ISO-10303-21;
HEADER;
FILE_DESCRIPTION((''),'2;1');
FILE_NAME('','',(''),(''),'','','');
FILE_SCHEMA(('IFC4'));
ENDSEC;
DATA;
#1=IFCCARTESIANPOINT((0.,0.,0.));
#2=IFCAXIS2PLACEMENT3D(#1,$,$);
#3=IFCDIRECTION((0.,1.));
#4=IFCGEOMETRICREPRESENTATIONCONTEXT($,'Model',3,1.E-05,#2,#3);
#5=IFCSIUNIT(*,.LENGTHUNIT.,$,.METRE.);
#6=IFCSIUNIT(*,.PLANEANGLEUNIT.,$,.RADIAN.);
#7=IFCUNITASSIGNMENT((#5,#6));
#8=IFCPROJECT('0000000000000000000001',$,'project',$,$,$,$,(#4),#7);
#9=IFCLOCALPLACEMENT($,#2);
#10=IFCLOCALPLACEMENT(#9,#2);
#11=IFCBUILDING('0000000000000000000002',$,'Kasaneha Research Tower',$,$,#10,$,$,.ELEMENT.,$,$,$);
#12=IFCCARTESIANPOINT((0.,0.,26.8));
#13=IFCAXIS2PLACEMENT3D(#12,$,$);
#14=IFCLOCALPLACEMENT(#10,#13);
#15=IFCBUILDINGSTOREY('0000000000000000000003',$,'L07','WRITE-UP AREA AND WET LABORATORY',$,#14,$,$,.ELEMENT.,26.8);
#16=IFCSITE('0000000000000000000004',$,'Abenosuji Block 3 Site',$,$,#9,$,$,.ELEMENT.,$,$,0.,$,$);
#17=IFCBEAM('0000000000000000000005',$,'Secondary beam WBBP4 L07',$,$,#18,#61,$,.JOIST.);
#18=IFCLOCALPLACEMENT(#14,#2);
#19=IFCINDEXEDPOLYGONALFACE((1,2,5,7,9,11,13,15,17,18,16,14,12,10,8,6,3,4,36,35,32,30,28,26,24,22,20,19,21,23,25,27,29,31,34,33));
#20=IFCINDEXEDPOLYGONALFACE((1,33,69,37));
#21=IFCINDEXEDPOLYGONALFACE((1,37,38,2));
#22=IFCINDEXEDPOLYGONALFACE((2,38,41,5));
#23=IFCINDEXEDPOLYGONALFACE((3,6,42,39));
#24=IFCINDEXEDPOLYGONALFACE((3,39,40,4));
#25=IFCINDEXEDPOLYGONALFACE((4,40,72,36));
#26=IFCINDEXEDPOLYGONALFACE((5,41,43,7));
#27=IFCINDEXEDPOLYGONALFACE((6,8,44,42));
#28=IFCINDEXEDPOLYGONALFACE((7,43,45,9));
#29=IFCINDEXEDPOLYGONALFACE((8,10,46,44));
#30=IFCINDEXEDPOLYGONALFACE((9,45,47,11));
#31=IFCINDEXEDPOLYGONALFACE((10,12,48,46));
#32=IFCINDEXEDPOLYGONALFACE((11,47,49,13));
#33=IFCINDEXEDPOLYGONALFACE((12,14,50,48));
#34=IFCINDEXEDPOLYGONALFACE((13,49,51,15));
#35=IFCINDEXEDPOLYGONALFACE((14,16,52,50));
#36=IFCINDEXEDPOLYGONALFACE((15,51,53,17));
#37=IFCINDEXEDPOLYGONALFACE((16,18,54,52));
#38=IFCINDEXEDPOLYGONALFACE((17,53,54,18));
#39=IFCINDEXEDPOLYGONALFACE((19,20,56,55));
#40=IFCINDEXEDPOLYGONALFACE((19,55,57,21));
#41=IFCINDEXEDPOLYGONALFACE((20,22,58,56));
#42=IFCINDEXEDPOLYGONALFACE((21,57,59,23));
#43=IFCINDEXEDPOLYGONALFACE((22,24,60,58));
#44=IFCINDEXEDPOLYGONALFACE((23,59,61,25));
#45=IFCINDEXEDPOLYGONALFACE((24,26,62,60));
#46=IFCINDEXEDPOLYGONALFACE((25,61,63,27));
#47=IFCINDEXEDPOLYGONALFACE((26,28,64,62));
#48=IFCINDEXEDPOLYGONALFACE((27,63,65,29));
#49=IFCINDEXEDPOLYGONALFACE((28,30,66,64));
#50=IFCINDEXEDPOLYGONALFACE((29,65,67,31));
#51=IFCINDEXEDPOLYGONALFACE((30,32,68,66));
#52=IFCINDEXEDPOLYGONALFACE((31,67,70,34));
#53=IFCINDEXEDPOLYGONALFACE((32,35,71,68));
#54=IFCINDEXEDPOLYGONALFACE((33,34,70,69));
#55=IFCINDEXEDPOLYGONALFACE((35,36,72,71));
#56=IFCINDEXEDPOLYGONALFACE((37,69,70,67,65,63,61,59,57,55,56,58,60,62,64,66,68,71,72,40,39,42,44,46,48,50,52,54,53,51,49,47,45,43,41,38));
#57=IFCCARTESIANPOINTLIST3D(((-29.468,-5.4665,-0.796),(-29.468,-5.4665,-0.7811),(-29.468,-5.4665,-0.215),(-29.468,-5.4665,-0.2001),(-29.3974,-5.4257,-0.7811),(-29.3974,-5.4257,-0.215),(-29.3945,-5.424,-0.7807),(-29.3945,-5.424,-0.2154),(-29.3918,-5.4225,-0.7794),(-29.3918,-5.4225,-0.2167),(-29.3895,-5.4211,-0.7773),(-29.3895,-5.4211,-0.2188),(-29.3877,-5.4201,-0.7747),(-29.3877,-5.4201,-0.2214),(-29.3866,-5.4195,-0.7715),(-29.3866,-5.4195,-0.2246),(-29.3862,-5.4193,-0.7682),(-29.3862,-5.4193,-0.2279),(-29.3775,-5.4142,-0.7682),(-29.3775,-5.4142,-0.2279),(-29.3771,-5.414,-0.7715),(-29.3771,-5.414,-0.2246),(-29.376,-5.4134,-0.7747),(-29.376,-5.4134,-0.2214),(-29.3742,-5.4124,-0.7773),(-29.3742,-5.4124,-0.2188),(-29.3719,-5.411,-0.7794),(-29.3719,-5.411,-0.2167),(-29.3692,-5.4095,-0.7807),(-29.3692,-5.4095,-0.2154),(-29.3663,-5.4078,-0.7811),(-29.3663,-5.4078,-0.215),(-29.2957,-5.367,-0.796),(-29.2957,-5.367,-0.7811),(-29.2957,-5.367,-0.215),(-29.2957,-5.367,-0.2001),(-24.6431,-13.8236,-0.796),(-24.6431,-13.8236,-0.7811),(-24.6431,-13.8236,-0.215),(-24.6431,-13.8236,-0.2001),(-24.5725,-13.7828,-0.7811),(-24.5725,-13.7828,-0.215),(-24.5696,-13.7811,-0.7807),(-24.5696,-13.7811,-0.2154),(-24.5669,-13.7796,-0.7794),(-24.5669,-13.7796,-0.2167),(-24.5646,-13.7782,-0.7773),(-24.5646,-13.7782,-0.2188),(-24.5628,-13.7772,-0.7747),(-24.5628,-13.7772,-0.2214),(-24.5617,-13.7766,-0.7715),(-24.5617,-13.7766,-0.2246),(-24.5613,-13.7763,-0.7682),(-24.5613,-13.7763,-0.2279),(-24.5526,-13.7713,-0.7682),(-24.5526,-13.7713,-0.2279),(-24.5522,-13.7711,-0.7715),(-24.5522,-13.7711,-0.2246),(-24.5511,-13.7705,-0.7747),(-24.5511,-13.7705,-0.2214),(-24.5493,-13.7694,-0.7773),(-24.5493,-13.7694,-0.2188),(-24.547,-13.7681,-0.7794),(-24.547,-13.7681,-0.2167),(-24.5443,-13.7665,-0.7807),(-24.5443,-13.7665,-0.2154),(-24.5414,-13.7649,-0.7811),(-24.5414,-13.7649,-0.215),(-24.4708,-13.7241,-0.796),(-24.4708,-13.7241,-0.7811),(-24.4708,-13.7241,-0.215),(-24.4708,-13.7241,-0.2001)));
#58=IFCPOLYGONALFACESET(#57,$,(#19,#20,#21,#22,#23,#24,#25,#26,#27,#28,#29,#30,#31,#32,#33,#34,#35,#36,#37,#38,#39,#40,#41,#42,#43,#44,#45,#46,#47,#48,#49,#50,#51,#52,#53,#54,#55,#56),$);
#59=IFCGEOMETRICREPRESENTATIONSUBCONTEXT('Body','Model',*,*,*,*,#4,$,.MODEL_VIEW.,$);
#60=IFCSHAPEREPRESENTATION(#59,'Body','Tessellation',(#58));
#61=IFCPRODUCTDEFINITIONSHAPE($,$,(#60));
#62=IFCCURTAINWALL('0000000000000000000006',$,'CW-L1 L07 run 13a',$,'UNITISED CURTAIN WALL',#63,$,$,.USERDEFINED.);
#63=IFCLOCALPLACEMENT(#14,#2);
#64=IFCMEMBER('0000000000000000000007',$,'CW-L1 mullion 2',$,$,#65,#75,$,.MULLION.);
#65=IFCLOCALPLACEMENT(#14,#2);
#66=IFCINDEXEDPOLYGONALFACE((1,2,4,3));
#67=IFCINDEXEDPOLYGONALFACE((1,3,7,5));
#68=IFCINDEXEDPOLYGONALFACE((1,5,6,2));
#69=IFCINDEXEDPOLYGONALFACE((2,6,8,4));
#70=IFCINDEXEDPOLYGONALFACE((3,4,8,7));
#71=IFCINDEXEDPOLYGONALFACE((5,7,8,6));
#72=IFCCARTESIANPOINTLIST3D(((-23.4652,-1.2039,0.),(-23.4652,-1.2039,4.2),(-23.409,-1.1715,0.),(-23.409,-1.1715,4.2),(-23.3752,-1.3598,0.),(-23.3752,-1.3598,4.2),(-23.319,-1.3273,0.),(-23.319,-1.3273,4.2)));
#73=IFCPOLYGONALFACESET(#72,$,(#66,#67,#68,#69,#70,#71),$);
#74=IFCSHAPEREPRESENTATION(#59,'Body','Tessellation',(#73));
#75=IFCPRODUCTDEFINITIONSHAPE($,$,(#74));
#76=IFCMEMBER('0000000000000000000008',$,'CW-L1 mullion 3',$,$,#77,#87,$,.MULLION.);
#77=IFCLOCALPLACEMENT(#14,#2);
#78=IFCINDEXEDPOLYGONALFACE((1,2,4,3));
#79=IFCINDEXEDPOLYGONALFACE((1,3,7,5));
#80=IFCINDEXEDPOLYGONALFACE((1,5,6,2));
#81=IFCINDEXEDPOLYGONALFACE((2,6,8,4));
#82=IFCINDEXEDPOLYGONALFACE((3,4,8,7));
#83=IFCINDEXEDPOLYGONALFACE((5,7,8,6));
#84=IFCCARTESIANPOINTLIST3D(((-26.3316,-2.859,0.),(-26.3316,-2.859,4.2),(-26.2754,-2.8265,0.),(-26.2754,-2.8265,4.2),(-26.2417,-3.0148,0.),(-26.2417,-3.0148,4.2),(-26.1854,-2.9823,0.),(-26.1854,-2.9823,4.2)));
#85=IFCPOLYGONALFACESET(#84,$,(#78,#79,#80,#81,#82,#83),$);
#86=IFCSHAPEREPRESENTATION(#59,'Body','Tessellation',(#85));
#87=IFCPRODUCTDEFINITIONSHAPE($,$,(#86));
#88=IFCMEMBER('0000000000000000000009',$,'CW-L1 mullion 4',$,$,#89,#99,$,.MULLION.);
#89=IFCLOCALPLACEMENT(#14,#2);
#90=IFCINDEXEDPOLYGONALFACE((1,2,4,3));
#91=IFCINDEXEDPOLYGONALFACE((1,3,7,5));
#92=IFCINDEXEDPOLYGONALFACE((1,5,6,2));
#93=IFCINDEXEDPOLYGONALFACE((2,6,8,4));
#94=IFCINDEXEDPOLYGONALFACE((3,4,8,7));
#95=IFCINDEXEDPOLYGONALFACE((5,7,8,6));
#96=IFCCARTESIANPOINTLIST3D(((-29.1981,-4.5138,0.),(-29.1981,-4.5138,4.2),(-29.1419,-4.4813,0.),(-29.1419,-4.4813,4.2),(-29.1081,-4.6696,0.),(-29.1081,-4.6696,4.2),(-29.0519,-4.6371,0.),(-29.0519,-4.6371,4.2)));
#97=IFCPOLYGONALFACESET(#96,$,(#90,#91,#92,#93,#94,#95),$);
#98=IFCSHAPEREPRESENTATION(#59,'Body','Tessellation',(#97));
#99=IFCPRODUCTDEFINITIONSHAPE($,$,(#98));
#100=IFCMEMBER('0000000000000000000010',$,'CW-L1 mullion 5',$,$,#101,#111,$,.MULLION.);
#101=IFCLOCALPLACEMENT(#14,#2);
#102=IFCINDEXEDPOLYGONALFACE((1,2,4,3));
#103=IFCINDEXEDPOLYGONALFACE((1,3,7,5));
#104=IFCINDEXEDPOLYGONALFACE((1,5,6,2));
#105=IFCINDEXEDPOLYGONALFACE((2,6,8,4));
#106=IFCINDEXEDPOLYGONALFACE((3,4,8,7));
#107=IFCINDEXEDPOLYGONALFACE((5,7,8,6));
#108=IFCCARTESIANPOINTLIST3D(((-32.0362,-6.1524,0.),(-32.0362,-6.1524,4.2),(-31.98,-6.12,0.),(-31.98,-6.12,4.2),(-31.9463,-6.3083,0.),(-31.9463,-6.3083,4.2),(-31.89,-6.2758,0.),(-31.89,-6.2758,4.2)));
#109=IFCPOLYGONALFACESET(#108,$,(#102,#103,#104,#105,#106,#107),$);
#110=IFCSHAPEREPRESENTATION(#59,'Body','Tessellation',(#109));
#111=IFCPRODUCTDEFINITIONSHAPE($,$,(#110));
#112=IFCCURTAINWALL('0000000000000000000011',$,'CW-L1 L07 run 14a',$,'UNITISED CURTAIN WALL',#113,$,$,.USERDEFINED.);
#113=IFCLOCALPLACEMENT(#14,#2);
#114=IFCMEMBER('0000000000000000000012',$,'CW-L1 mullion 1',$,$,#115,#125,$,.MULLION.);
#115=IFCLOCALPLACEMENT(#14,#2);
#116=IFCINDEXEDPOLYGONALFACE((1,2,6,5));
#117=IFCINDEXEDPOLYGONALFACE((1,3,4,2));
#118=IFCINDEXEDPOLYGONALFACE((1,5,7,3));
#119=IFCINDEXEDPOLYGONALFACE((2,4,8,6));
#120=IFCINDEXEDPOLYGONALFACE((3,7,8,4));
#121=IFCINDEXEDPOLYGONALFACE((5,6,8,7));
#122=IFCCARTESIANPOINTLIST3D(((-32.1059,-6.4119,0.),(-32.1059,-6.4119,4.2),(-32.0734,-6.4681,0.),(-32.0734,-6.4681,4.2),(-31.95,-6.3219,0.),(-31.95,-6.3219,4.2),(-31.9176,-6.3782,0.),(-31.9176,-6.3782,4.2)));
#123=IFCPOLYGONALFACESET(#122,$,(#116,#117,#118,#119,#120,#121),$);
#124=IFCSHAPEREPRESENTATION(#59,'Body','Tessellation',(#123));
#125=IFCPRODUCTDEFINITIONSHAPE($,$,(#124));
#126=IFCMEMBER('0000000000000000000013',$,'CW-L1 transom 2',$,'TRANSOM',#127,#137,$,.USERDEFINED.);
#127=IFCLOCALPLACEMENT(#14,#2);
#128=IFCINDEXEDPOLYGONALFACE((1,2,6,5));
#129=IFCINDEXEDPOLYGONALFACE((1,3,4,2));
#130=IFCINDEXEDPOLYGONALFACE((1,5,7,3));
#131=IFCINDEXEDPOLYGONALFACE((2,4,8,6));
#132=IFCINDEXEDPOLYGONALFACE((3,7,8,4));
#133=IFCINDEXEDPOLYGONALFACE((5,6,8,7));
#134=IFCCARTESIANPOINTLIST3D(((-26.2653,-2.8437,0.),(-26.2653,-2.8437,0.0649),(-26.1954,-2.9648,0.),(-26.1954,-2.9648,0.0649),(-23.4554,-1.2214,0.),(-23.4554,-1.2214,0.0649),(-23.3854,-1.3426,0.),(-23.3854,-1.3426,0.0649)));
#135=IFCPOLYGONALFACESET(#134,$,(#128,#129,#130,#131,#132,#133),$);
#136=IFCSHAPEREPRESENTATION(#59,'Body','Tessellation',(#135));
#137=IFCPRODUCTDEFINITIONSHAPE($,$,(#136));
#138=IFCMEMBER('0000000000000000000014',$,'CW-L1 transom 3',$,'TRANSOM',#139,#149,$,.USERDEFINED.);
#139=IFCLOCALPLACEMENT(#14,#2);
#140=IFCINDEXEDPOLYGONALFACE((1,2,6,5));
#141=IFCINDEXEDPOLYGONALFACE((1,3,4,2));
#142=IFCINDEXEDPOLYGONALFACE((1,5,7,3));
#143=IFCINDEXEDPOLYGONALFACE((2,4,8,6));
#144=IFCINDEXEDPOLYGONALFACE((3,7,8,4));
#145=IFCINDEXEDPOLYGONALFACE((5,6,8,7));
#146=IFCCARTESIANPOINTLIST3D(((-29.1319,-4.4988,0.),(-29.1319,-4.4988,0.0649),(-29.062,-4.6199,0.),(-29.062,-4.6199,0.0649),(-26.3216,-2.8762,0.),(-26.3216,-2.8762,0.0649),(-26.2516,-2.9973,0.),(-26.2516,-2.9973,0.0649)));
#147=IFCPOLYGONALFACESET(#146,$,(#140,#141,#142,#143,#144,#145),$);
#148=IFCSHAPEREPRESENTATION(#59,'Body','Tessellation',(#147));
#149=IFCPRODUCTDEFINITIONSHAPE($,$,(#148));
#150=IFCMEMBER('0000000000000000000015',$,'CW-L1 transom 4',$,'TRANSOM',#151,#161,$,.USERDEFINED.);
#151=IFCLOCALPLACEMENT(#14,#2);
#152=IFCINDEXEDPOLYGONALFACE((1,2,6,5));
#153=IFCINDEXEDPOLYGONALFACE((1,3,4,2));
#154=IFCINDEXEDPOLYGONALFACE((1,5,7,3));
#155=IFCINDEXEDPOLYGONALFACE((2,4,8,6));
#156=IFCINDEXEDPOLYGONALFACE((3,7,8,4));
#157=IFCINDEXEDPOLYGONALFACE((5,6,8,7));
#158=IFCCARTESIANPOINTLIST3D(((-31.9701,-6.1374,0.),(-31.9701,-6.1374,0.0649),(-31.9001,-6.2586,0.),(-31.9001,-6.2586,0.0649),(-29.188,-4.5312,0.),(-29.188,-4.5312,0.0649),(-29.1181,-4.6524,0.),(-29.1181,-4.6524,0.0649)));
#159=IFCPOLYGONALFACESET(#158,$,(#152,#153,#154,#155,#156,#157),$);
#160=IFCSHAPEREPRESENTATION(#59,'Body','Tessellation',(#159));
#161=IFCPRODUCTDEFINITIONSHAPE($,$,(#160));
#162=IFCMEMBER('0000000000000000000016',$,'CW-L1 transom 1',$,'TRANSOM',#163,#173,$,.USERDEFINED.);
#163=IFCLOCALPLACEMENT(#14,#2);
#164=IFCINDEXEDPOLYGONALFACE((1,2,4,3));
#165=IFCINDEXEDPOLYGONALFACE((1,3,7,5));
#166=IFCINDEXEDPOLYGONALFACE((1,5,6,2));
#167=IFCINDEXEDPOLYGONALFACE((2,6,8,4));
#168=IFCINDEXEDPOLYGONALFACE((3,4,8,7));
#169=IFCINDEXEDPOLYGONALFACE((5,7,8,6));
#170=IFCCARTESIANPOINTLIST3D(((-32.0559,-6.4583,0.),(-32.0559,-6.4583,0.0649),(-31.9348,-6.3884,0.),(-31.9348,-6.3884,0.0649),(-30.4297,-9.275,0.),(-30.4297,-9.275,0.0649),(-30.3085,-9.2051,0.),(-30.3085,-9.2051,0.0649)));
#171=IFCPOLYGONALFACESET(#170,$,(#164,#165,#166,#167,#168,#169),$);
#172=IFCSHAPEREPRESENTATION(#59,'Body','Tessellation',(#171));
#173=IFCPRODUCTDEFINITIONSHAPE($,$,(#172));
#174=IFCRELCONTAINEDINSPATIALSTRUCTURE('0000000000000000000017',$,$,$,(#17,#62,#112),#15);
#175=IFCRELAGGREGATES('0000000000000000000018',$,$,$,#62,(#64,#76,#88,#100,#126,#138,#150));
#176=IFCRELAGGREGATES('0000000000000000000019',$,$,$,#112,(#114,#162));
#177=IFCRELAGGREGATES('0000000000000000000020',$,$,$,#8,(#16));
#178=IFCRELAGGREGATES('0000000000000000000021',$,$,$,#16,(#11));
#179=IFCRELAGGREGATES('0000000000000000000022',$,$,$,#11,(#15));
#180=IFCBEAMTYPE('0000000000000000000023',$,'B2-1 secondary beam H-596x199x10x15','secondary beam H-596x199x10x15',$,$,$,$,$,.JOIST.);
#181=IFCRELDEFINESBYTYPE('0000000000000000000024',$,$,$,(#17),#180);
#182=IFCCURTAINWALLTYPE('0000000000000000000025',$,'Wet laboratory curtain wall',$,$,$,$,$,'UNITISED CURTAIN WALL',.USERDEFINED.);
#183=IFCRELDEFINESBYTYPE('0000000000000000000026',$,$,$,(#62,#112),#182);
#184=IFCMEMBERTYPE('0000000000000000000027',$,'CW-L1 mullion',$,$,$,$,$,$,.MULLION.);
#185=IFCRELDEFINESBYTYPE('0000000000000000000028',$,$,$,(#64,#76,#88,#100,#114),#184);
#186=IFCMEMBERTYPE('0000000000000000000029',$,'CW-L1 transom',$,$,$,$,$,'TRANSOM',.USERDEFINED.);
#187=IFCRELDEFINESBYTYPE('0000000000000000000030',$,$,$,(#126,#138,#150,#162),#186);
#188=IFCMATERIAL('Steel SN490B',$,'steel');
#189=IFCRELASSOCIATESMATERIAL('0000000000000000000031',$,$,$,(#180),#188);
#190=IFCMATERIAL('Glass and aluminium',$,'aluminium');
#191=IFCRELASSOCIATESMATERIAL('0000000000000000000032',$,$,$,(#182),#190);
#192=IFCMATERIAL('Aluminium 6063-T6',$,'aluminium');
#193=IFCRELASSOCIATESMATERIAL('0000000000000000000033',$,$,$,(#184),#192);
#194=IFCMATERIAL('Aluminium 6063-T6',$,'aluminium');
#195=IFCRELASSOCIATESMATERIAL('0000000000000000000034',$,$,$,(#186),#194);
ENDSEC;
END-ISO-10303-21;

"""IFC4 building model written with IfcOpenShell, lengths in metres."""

from ifc_helpers import new_model, si_unit, direction, frame, origin, origin_2d, place, context, subcontext, project, spatial, rectangle, i_section, extrude, material, material_profile, profile_set, type_object, element, aggregate, save


model = new_model("IFC4")

# Units and contexts
model_context = context("Model", 3, precision=1e-05, world=origin(), true_north=direction((0.0, 1.0)))
body_context = subcontext(model_context, "Body", "Model", "MODEL_VIEW")
ifc_project = project(units=[si_unit("LENGTHUNIT", "METRE"), si_unit("PLANEANGLEUNIT", "RADIAN")], contexts=[model_context])

# Site, building, storey
site_placement = place(None, origin())
site = spatial("IfcSite", under=ifc_project, at=site_placement, Name="Abenosuji Block 3 Site", CompositionType="ELEMENT", RefElevation=0.0)
building_placement = place(site_placement, origin())
building = spatial("IfcBuilding", under=site, at=building_placement, Name="Kasaneha Research Tower", CompositionType="ELEMENT")
storey_placement = place(building_placement, frame((0.0, 0.0, 26.8)))
storey = spatial("IfcBuildingStorey", under=building, at=storey_placement, Name="L07", Description="WRITE-UP AREA AND WET LABORATORY", CompositionType="ELEMENT", Elevation=26.8)

# Beam
ifc_material_1 = material(Name="Steel SN490B", Category="steel")
ifc_material_profile_1 = material_profile(ifc_material_1, i_section(OverallWidth=0.199, OverallDepth=0.5959, WebThickness=0.01, FlangeThickness=0.0149, FilletRadius=0.0129, at=origin_2d()), Name="H-596x199x10x15")
ifc_profile_set_1 = profile_set([ifc_material_profile_1], Name="Steel SN490B")
beam_type_1 = type_object("IfcBeamType", Name="B2-1 secondary beam H-596x199x10x15", Description="secondary beam H-596x199x10x15", PredefinedType="JOIST", material=ifc_profile_set_1)
for number, where, z_axis, x_axis, name in (
    (1, (-29.3818, -5.4167, -0.498), (0.499995, -0.866028, 0.0), (0.866028, 0.499995, 0.0), "Secondary beam WBBP4 L07"),
):
    element("IfcBeam", number, at=place(storey_placement, frame(where, z_axis=z_axis, x_axis=x_axis)), inside=storey, type_object=beam_type_1, Name=name, PredefinedType="JOIST", context=body_context, shape_type="SweptSolid", body=[
        extrude(i_section(OverallWidth=0.199, OverallDepth=0.5959, WebThickness=0.01, FlangeThickness=0.0149, FilletRadius=0.0129, at=origin_2d()), origin(), (0.0, 0.0, 1.0), 9.6499),
    ])

# Curtain wall, members
ifc_material_2 = material(Name="Glass and aluminium", Category="aluminium")
curtain_wall_type = type_object("IfcCurtainWallType", Name="Wet laboratory curtain wall", ElementType="UNITISED CURTAIN WALL", PredefinedType="USERDEFINED", material=ifc_material_2)
curtain_wall_1_placement = place(storey_placement, origin())
curtain_wall_1 = element("IfcCurtainWall", 2, at=curtain_wall_1_placement, inside=storey, type_object=curtain_wall_type, Name="CW-L1 L07 run 13a", ObjectType="UNITISED CURTAIN WALL", PredefinedType="USERDEFINED")
ifc_material_3 = material(Name="Aluminium 6063-T6", Category="aluminium")
ifc_material_profile_2 = material_profile(ifc_material_3, rectangle(XDim=0.0649, YDim=0.1799, at=origin_2d()), Name="CW-L1 mullion 65x180")
ifc_profile_set_2 = profile_set([ifc_material_profile_2], Name="Aluminium 6063-T6")
member_type_1 = type_object("IfcMemberType", Name="CW-L1 mullion", PredefinedType="MULLION", material=ifc_profile_set_2)
member_1_placement = place(storey_placement, frame((-23.3921, -1.2656, 0.0), z_axis=(0.0, 0.0, 1.0), x_axis=(-0.866025, -0.5, 0.0)))
member_1 = element("IfcMember", 3, at=member_1_placement, type_object=member_type_1, Name="CW-L1 mullion 2", PredefinedType="MULLION", context=body_context, shape_type="SweptSolid", body=[
    extrude(rectangle(XDim=0.0649, YDim=0.1799, at=origin_2d()), origin(), (0.0, 0.0, 1.0), 4.2),
])
member_2_placement = place(storey_placement, frame((-26.2585, -2.9207, 0.0), z_axis=(0.0, 0.0, 1.0), x_axis=(-0.866025, -0.5, 0.0)))
member_2 = element("IfcMember", 4, at=member_2_placement, type_object=member_type_1, Name="CW-L1 mullion 3", PredefinedType="MULLION", context=body_context, shape_type="SweptSolid", body=[
    extrude(rectangle(XDim=0.0649, YDim=0.1799, at=origin_2d()), origin(), (0.0, 0.0, 1.0), 4.2),
])
member_3_placement = place(storey_placement, frame((-29.125, -4.5754, 0.0), z_axis=(0.0, 0.0, 1.0), x_axis=(-0.866025, -0.5, 0.0)))
member_3 = element("IfcMember", 5, at=member_3_placement, type_object=member_type_1, Name="CW-L1 mullion 4", PredefinedType="MULLION", context=body_context, shape_type="SweptSolid", body=[
    extrude(rectangle(XDim=0.0649, YDim=0.1799, at=origin_2d()), origin(), (0.0, 0.0, 1.0), 4.2),
])
member_4_placement = place(storey_placement, frame((-31.9631, -6.2141, 0.0), z_axis=(0.0, 0.0, 1.0), x_axis=(-0.866025, -0.5, 0.0)))
member_4 = element("IfcMember", 6, at=member_4_placement, type_object=member_type_1, Name="CW-L1 mullion 5", PredefinedType="MULLION", context=body_context, shape_type="SweptSolid", body=[
    extrude(rectangle(XDim=0.0649, YDim=0.1799, at=origin_2d()), origin(), (0.0, 0.0, 1.0), 4.2),
])

# Curtain wall, member
curtain_wall_2_placement = place(storey_placement, origin())
curtain_wall_2 = element("IfcCurtainWall", 7, at=curtain_wall_2_placement, inside=storey, type_object=curtain_wall_type, Name="CW-L1 L07 run 14a", ObjectType="UNITISED CURTAIN WALL", PredefinedType="USERDEFINED")
member_5_placement = place(storey_placement, frame((-32.0117, -6.395, 0.0), z_axis=(0.0, 0.0, 1.0), x_axis=(0.5, -0.866025, 0.0)))
member_5 = element("IfcMember", 8, at=member_5_placement, type_object=member_type_1, Name="CW-L1 mullion 1", PredefinedType="MULLION", context=body_context, shape_type="SweptSolid", body=[
    extrude(rectangle(XDim=0.0649, YDim=0.1799, at=origin_2d()), origin(), (0.0, 0.0, 1.0), 4.2),
])

# Members
ifc_material_4 = material(Name="Aluminium 6063-T6", Category="aluminium")
ifc_material_profile_3 = material_profile(ifc_material_4, rectangle(XDim=0.1399, YDim=0.0649, at=origin_2d()), Name="CW-L1 transom 140x65")
ifc_profile_set_3 = profile_set([ifc_material_profile_3], Name="Aluminium 6063-T6")
member_type_2 = type_object("IfcMemberType", Name="CW-L1 transom", ElementType="TRANSOM", PredefinedType="USERDEFINED", material=ifc_profile_set_3)
member_6_placement = place(storey_placement, frame((-23.4204, -1.282, 0.0325), z_axis=(-0.866035, -0.499983, 0.0), x_axis=(0.499983, -0.866035, 0.0)))
member_6 = element("IfcMember", 9, at=member_6_placement, type_object=member_type_2, Name="CW-L1 transom 2", ObjectType="TRANSOM", PredefinedType="USERDEFINED", context=body_context, shape_type="SweptSolid", body=[
    extrude(rectangle(XDim=0.1399, YDim=0.0649, at=origin_2d()), origin(), (0.0, 0.0, 1.0), 3.2446),
])
member_7_placement = place(storey_placement, frame((-26.2866, -2.9368, 0.0325), z_axis=(-0.866021, -0.500007, 0.0), x_axis=(0.500007, -0.866021, 0.0)))
member_7 = element("IfcMember", 10, at=member_7_placement, type_object=member_type_2, Name="CW-L1 transom 3", ObjectType="TRANSOM", PredefinedType="USERDEFINED", context=body_context, shape_type="SweptSolid", body=[
    extrude(rectangle(XDim=0.1399, YDim=0.0649, at=origin_2d()), origin(), (0.0, 0.0, 1.0), 3.2451),
])
member_8_placement = place(storey_placement, frame((-29.1531, -4.5918, 0.0325), z_axis=(-0.866022, -0.500005, 0.0), x_axis=(0.500005, -0.866022, 0.0)))
member_8 = element("IfcMember", 11, at=member_8_placement, type_object=member_type_2, Name="CW-L1 transom 4", ObjectType="TRANSOM", PredefinedType="USERDEFINED", context=body_context, shape_type="SweptSolid", body=[
    extrude(rectangle(XDim=0.1399, YDim=0.0649, at=origin_2d()), origin(), (0.0, 0.0, 1.0), 3.2124),
])
member_9_placement = place(storey_placement, frame((-31.9954, -6.4233, 0.0325), z_axis=(0.500006, -0.866022, 0.0), x_axis=(0.866022, 0.500006, 0.0)))
member_9 = element("IfcMember", 12, at=member_9_placement, type_object=member_type_2, Name="CW-L1 transom 1", ObjectType="TRANSOM", PredefinedType="USERDEFINED", context=body_context, shape_type="SweptSolid", body=[
    extrude(rectangle(XDim=0.1399, YDim=0.0649, at=origin_2d()), origin(), (0.0, 0.0, 1.0), 3.2524),
])

aggregate(curtain_wall_1, [member_1, member_2, member_3, member_4, member_6, member_7, member_8])
aggregate(curtain_wall_2, [member_5, member_9])

save(model, "model.ifc")
